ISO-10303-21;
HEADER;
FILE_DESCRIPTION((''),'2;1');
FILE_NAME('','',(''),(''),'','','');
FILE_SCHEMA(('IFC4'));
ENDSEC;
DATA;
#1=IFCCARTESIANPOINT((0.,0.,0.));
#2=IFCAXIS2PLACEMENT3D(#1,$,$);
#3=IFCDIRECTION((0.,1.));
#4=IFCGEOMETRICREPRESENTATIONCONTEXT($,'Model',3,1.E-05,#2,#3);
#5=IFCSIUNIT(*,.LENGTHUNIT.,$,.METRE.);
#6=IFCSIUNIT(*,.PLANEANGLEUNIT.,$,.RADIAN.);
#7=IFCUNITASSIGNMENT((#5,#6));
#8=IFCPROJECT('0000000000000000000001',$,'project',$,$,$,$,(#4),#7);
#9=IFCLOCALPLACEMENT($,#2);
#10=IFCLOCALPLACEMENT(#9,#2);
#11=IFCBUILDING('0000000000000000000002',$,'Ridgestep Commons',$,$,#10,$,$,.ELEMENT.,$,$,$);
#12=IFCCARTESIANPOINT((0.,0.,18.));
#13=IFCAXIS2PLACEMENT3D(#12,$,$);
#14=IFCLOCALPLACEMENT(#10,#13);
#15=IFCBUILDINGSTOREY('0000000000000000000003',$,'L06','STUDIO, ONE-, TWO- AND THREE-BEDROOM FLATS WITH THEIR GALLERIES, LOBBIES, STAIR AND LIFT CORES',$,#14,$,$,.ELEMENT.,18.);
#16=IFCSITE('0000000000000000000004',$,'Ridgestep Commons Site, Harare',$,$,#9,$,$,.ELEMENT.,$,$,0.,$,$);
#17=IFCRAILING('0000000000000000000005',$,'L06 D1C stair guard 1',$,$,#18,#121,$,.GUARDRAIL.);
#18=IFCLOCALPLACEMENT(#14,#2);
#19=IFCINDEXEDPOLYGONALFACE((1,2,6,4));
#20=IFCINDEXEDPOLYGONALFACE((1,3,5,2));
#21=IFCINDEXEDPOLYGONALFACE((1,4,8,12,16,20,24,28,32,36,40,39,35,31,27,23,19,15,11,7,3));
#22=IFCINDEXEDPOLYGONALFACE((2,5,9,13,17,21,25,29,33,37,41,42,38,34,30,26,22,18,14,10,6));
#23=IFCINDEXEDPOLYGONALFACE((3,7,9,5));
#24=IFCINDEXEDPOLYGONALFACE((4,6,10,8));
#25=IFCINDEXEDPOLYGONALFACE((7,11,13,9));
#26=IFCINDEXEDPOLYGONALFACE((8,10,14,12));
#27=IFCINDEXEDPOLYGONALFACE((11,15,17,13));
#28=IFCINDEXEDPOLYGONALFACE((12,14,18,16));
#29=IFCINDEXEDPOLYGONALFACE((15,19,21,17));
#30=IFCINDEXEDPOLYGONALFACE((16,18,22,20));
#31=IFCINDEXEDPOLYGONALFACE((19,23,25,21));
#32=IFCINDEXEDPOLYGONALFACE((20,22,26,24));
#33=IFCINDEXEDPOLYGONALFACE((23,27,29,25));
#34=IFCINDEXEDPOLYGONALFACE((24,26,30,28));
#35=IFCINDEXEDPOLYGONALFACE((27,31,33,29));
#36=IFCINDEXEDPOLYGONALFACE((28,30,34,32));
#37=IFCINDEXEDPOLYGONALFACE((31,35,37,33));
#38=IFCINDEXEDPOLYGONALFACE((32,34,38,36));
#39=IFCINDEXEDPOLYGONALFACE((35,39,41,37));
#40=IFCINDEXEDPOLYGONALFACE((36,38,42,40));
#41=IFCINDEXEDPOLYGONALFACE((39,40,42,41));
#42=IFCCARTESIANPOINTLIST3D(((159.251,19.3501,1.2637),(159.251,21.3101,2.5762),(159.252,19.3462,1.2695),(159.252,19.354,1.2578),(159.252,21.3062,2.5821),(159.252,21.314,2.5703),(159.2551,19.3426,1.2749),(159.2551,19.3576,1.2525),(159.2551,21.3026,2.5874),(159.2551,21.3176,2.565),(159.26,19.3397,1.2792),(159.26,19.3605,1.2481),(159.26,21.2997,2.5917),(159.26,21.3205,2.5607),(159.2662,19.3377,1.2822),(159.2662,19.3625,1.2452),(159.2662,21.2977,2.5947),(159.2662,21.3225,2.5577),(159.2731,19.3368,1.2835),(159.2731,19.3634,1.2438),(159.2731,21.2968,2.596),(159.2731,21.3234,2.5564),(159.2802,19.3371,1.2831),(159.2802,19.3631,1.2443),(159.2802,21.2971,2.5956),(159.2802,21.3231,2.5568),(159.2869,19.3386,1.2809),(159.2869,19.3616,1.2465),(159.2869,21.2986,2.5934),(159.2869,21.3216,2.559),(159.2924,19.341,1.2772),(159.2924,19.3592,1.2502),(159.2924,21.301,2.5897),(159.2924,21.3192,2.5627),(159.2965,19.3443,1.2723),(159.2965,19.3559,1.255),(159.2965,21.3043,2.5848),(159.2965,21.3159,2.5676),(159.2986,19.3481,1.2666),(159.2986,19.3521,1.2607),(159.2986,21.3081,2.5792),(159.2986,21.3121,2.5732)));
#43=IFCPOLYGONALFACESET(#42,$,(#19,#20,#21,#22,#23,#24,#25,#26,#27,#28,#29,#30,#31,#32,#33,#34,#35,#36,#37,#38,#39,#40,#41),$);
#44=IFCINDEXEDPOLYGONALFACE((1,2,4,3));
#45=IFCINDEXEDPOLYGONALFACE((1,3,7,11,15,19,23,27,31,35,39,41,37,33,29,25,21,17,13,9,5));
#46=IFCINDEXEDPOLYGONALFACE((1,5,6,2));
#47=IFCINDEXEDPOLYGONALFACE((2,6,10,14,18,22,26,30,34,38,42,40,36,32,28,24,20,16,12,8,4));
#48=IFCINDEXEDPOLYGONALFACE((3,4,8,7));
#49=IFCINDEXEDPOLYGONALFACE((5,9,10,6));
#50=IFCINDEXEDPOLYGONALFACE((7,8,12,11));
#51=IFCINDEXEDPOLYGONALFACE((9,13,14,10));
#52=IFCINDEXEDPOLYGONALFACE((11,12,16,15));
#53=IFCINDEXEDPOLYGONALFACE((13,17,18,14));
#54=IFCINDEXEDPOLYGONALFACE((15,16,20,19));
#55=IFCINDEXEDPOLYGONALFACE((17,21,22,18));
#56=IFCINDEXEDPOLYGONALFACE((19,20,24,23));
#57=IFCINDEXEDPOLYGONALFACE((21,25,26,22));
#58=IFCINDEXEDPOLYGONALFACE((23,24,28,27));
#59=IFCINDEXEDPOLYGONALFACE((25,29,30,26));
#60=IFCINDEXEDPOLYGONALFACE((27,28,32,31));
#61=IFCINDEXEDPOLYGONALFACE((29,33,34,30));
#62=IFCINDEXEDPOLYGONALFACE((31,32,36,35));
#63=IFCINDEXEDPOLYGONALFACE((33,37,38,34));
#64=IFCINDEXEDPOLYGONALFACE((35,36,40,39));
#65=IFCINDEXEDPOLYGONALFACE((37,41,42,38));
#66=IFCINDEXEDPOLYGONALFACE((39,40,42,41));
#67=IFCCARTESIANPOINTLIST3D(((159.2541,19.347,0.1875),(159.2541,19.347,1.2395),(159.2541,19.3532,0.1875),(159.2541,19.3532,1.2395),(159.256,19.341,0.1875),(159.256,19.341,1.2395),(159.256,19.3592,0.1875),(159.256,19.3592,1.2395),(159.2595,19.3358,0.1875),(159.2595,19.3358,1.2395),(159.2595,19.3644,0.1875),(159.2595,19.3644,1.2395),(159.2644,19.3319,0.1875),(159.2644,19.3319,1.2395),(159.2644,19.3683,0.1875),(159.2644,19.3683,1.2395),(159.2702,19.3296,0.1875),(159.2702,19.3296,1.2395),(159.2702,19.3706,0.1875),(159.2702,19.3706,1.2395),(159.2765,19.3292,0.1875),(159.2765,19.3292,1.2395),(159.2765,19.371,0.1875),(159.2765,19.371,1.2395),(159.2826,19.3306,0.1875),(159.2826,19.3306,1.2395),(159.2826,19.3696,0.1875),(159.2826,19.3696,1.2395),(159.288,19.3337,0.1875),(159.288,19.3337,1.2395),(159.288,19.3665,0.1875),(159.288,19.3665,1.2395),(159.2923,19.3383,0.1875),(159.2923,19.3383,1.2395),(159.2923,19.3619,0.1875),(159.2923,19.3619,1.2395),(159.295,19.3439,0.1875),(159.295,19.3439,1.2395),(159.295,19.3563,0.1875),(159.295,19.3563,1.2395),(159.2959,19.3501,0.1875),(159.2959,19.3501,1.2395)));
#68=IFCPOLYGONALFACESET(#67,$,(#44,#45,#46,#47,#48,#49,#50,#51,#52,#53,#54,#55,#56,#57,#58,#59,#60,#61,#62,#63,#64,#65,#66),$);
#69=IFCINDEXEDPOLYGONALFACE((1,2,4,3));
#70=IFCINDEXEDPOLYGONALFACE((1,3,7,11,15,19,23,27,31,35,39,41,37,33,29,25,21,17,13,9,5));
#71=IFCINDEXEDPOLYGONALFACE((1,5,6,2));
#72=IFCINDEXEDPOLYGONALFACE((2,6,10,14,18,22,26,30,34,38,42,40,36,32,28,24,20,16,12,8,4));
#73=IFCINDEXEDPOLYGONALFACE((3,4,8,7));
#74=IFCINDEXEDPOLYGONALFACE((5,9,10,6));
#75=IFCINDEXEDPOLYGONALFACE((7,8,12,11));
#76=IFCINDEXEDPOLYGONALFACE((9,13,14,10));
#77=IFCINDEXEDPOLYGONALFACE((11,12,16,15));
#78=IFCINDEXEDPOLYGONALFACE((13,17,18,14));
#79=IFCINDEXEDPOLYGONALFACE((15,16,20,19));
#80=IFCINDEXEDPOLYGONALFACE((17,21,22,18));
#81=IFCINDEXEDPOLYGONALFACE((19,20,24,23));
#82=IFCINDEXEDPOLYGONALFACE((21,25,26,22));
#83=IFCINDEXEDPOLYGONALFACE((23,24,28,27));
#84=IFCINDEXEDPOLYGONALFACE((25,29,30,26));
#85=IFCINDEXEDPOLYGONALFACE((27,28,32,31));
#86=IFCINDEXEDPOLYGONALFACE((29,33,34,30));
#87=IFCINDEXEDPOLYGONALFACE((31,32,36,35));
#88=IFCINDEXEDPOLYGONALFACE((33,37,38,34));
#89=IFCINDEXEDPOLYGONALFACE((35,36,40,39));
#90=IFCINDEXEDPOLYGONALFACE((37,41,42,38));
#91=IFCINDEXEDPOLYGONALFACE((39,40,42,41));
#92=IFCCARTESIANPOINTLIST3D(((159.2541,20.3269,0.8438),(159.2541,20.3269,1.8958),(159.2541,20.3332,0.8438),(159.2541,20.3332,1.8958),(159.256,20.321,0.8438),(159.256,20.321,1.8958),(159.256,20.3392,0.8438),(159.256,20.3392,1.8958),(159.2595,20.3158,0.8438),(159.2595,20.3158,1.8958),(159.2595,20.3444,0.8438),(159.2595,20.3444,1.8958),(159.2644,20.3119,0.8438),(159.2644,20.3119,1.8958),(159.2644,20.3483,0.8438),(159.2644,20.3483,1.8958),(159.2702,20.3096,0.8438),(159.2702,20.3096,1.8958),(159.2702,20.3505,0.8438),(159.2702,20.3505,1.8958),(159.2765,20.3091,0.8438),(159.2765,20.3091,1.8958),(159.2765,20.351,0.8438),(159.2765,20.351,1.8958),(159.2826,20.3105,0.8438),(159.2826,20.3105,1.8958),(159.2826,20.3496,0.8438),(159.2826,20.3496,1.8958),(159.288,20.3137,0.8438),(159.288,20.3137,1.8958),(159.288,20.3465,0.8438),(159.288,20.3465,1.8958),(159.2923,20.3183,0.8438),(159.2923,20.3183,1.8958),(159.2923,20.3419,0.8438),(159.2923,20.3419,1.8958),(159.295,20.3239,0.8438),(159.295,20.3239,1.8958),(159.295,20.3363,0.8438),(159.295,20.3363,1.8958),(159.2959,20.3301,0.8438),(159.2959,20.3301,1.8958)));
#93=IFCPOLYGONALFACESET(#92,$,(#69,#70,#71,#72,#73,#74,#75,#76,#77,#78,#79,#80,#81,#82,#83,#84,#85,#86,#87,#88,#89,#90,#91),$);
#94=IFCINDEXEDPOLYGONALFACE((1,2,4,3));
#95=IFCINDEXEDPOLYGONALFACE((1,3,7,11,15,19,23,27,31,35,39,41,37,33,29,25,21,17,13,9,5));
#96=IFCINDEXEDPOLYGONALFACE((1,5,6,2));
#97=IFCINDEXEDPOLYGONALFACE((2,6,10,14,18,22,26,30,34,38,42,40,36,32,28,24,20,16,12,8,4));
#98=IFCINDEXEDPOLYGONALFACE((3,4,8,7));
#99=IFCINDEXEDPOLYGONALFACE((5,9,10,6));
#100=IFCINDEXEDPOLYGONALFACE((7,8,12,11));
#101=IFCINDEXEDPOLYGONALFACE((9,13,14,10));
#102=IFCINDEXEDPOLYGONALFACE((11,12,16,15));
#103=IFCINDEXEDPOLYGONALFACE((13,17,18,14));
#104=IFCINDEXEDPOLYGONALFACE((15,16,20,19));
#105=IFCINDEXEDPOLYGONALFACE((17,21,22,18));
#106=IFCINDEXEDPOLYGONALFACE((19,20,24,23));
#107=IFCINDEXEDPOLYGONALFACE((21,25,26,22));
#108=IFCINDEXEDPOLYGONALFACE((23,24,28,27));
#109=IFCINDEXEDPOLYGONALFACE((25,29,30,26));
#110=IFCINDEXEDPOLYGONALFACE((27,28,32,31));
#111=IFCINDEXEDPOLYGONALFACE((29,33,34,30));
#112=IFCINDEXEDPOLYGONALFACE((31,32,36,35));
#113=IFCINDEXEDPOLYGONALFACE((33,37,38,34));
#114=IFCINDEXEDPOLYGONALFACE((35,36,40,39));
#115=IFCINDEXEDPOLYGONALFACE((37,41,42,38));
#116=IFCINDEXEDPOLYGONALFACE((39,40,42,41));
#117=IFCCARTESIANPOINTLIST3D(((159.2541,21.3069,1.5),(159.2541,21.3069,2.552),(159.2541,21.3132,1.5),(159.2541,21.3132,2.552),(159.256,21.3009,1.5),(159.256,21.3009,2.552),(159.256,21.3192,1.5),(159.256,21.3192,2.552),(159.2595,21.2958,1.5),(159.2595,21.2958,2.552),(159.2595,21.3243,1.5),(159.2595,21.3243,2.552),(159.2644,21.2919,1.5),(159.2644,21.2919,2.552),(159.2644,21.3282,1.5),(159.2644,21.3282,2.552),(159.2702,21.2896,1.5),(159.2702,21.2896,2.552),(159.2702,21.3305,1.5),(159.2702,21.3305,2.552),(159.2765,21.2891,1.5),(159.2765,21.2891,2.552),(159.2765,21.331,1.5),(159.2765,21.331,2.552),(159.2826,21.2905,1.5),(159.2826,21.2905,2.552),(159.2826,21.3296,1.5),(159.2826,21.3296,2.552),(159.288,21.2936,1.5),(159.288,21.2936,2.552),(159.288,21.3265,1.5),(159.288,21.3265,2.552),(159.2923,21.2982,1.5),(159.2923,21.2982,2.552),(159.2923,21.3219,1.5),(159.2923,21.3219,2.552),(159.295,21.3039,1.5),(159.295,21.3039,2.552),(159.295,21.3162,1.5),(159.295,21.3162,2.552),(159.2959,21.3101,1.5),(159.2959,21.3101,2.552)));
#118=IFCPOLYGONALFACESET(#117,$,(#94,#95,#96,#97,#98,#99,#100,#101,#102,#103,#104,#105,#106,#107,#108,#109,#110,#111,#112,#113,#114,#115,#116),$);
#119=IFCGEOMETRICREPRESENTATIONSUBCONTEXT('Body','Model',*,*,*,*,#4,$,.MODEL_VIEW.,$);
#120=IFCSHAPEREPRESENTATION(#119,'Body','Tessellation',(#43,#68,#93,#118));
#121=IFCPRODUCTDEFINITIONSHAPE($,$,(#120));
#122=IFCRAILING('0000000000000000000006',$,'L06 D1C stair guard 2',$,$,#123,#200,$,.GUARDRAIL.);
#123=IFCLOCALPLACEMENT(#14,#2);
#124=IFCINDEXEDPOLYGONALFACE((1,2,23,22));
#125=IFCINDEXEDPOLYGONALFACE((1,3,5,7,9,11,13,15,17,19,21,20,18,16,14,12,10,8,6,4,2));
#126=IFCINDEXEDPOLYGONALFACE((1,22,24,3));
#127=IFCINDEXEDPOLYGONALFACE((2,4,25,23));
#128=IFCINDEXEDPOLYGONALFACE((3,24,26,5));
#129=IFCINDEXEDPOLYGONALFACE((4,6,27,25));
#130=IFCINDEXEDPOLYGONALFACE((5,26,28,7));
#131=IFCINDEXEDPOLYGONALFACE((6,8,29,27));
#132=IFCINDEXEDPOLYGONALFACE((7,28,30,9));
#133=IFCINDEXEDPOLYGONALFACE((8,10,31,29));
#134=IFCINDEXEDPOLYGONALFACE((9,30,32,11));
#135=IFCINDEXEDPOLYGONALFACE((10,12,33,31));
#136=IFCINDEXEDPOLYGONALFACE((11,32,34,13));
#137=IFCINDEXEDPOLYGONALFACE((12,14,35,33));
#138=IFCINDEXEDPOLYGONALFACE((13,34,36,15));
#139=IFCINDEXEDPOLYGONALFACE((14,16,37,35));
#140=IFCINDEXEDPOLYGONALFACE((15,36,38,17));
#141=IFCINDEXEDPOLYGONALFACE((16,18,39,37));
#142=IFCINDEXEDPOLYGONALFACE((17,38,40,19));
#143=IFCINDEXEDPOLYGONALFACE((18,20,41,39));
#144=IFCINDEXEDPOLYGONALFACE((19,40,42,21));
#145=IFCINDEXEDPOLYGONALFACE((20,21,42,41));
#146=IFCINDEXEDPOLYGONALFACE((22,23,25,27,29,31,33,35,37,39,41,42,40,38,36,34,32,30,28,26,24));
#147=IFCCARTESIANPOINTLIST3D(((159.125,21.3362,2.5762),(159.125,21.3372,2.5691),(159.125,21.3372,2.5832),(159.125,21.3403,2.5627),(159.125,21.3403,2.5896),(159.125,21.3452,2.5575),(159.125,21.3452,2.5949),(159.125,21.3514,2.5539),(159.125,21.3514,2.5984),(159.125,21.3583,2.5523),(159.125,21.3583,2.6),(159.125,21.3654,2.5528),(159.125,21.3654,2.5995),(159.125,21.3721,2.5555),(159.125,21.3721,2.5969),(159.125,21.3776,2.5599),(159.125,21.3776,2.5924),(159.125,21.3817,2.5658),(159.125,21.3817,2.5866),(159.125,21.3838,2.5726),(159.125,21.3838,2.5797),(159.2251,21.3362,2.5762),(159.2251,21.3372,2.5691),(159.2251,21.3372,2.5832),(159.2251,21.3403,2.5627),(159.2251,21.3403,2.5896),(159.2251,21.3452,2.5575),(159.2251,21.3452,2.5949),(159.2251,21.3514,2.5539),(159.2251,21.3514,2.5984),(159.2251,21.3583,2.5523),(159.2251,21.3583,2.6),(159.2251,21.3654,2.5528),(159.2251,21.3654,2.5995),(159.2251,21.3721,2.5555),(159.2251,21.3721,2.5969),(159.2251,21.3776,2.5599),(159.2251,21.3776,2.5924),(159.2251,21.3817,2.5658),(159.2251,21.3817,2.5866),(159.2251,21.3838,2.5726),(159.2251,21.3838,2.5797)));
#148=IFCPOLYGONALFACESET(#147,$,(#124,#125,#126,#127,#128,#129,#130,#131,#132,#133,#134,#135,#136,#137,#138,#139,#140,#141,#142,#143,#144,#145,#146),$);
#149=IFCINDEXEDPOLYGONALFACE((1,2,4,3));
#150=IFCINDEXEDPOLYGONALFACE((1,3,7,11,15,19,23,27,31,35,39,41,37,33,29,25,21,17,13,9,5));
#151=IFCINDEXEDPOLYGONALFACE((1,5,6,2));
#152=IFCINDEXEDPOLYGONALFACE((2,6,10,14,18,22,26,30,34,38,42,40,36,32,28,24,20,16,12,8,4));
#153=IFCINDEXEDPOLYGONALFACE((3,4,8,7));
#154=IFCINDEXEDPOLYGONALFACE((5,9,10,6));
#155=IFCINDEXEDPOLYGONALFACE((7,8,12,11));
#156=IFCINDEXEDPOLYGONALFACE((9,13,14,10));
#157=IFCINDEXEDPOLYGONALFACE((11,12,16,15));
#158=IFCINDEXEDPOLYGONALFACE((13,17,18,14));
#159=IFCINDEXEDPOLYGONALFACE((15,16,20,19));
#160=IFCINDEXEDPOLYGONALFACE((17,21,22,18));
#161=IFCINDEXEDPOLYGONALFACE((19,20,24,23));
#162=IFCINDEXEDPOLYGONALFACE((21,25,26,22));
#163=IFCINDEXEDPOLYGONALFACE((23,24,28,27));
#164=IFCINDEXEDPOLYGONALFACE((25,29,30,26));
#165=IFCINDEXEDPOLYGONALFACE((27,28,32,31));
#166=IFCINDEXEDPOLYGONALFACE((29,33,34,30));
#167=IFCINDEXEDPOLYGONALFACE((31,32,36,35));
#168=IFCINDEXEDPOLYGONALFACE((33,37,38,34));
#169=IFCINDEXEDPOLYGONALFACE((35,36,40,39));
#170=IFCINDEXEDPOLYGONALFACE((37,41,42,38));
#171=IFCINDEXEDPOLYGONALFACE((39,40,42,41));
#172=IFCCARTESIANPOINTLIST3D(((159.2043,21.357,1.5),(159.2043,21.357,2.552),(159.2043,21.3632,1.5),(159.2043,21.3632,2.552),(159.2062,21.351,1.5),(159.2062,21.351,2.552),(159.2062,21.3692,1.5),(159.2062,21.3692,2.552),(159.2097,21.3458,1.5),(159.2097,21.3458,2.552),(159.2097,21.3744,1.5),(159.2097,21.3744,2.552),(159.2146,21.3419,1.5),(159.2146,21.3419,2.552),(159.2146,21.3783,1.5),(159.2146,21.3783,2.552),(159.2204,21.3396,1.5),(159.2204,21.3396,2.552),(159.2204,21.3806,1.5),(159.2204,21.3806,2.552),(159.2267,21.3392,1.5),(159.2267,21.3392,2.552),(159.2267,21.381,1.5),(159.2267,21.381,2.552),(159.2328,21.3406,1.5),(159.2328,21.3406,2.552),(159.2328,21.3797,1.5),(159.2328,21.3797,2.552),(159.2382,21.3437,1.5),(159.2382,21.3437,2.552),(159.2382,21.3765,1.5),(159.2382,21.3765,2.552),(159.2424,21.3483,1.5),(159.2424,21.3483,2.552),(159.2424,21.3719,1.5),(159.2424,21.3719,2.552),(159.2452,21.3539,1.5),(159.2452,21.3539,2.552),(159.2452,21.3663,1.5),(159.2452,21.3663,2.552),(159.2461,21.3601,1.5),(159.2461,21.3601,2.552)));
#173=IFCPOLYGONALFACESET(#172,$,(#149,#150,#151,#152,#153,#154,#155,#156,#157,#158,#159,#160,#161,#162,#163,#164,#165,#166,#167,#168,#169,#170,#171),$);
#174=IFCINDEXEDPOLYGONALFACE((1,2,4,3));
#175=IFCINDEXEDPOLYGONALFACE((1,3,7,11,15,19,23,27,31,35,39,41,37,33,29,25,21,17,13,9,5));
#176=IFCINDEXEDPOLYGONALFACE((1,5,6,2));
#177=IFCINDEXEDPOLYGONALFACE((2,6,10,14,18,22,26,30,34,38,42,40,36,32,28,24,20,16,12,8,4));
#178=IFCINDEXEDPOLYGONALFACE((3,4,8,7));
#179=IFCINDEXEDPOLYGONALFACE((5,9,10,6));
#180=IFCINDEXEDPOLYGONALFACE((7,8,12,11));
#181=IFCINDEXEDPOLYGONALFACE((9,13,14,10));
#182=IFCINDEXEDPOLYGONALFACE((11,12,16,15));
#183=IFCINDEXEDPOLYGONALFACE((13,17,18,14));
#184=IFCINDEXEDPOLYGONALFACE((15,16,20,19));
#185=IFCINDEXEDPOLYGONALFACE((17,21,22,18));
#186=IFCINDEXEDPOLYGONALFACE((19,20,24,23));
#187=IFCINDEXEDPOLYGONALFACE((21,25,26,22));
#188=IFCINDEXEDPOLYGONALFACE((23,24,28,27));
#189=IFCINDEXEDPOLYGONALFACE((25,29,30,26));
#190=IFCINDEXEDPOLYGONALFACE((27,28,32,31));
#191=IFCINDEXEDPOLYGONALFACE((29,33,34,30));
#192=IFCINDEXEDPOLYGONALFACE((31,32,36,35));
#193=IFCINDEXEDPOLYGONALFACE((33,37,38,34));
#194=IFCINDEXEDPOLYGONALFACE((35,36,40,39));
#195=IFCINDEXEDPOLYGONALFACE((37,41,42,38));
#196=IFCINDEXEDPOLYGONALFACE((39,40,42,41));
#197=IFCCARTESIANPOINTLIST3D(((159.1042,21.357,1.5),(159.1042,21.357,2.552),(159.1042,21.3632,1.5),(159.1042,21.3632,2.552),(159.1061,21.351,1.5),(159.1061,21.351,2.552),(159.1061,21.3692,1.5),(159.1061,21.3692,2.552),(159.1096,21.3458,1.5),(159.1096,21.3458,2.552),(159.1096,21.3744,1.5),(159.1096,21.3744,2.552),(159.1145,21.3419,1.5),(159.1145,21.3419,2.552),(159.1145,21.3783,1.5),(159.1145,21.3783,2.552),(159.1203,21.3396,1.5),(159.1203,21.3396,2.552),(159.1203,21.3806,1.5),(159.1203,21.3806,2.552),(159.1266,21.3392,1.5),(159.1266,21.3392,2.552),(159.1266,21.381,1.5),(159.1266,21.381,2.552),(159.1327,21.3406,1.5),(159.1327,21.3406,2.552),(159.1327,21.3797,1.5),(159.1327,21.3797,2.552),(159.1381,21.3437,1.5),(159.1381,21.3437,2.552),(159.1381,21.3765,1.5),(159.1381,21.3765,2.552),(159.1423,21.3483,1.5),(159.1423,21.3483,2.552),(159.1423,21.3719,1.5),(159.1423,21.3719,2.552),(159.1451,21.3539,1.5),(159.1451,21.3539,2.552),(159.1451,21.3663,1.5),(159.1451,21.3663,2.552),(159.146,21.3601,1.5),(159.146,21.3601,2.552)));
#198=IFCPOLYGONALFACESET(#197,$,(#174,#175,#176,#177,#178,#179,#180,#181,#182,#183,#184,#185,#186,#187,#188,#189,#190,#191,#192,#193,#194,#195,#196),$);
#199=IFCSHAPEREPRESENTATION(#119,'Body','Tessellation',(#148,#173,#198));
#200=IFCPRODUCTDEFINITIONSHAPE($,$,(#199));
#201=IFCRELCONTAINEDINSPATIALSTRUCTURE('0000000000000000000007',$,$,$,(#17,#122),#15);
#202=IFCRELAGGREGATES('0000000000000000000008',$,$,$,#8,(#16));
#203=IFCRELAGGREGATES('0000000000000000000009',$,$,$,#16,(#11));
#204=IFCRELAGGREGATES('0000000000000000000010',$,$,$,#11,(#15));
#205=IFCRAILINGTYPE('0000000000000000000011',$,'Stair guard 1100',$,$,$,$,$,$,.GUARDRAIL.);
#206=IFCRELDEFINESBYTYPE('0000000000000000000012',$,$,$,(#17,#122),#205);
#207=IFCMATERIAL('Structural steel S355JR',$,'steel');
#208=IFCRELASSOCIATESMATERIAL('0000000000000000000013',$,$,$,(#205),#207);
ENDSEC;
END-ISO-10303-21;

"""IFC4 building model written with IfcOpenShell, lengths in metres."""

from ifc_helpers import new_model, si_unit, direction, frame, origin, origin_2d, place, context, subcontext, project, spatial, circle, extrude, material, type_object, element, save


model = new_model("IFC4")

# Units and contexts
model_context = context("Model", 3, precision=1e-05, world=origin(), true_north=direction((0.0, 1.0)))
body_context = subcontext(model_context, "Body", "Model", "MODEL_VIEW")
ifc_project = project(units=[si_unit("LENGTHUNIT", "METRE"), si_unit("PLANEANGLEUNIT", "RADIAN")], contexts=[model_context])

# Site, building, storey
site_placement = place(None, origin())
site = spatial("IfcSite", under=ifc_project, at=site_placement, Name="Ridgestep Commons Site, Harare", CompositionType="ELEMENT", RefElevation=0.0)
building_placement = place(site_placement, origin())
building = spatial("IfcBuilding", under=site, at=building_placement, Name="Ridgestep Commons", CompositionType="ELEMENT")
storey_placement = place(building_placement, frame((0.0, 0.0, 18.0)))
storey = spatial("IfcBuildingStorey", under=building, at=storey_placement, Name="L06", Description="STUDIO, ONE-, TWO- AND THREE-BEDROOM FLATS WITH THEIR GALLERIES, LOBBIES, STAIR AND LIFT CORES", CompositionType="ELEMENT", Elevation=18.0)

# Railings
ifc_material_1 = material(Name="Structural steel S355JR", Category="steel")
railing_type_1 = type_object("IfcRailingType", Name="Stair guard 1100", PredefinedType="GUARDRAIL", material=ifc_material_1)
railing_1_placement = place(storey_placement, frame((159.2749, 19.3501, 0.1875)))
element("IfcRailing", 1, at=railing_1_placement, inside=storey, type_object=railing_type_1, Name="L06 D1C stair guard 1", PredefinedType="GUARDRAIL", context=body_context, shape_type="SweptSolid", body=[
    extrude(circle(Radius=0.0239, at=origin_2d()), frame((0.0, 0.0, 1.0762), z_axis=(0.0, 0.830902, 0.556419), x_axis=(-1.0, 0.0, 0.0)), (0.0, 0.0, 1.0), 2.3589),
    extrude(circle(Radius=0.021, at=origin_2d()), origin(), (0.0, 0.0, 1.0), 1.052),
    extrude(circle(Radius=0.021, at=origin_2d()), frame((0.0, 0.98, 0.6562)), (0.0, 0.0, 1.0), 1.052),
    extrude(circle(Radius=0.021, at=origin_2d()), frame((0.0, 1.96, 1.3125)), (0.0, 0.0, 1.0), 1.052),
])
railing_2_placement = place(storey_placement, frame((159.2251, 21.3601, 1.5)))
element("IfcRailing", 2, at=railing_2_placement, inside=storey, type_object=railing_type_1, Name="L06 D1C stair guard 2", PredefinedType="GUARDRAIL", context=body_context, shape_type="SweptSolid", body=[
    extrude(circle(Radius=0.0239, at=origin_2d()), frame((0.0, 0.0, 1.0762), z_axis=(-1.0, 0.0, 0.0), x_axis=(0.0, -1.0, 0.0)), (0.0, 0.0, 1.0), 0.1001),
    extrude(circle(Radius=0.021, at=origin_2d()), origin(), (0.0, 0.0, 1.0), 1.052),
    extrude(circle(Radius=0.021, at=origin_2d()), frame((-0.1001, 0.0, 0.0)), (0.0, 0.0, 1.0), 1.052),
])

save(model, "model.ifc")
